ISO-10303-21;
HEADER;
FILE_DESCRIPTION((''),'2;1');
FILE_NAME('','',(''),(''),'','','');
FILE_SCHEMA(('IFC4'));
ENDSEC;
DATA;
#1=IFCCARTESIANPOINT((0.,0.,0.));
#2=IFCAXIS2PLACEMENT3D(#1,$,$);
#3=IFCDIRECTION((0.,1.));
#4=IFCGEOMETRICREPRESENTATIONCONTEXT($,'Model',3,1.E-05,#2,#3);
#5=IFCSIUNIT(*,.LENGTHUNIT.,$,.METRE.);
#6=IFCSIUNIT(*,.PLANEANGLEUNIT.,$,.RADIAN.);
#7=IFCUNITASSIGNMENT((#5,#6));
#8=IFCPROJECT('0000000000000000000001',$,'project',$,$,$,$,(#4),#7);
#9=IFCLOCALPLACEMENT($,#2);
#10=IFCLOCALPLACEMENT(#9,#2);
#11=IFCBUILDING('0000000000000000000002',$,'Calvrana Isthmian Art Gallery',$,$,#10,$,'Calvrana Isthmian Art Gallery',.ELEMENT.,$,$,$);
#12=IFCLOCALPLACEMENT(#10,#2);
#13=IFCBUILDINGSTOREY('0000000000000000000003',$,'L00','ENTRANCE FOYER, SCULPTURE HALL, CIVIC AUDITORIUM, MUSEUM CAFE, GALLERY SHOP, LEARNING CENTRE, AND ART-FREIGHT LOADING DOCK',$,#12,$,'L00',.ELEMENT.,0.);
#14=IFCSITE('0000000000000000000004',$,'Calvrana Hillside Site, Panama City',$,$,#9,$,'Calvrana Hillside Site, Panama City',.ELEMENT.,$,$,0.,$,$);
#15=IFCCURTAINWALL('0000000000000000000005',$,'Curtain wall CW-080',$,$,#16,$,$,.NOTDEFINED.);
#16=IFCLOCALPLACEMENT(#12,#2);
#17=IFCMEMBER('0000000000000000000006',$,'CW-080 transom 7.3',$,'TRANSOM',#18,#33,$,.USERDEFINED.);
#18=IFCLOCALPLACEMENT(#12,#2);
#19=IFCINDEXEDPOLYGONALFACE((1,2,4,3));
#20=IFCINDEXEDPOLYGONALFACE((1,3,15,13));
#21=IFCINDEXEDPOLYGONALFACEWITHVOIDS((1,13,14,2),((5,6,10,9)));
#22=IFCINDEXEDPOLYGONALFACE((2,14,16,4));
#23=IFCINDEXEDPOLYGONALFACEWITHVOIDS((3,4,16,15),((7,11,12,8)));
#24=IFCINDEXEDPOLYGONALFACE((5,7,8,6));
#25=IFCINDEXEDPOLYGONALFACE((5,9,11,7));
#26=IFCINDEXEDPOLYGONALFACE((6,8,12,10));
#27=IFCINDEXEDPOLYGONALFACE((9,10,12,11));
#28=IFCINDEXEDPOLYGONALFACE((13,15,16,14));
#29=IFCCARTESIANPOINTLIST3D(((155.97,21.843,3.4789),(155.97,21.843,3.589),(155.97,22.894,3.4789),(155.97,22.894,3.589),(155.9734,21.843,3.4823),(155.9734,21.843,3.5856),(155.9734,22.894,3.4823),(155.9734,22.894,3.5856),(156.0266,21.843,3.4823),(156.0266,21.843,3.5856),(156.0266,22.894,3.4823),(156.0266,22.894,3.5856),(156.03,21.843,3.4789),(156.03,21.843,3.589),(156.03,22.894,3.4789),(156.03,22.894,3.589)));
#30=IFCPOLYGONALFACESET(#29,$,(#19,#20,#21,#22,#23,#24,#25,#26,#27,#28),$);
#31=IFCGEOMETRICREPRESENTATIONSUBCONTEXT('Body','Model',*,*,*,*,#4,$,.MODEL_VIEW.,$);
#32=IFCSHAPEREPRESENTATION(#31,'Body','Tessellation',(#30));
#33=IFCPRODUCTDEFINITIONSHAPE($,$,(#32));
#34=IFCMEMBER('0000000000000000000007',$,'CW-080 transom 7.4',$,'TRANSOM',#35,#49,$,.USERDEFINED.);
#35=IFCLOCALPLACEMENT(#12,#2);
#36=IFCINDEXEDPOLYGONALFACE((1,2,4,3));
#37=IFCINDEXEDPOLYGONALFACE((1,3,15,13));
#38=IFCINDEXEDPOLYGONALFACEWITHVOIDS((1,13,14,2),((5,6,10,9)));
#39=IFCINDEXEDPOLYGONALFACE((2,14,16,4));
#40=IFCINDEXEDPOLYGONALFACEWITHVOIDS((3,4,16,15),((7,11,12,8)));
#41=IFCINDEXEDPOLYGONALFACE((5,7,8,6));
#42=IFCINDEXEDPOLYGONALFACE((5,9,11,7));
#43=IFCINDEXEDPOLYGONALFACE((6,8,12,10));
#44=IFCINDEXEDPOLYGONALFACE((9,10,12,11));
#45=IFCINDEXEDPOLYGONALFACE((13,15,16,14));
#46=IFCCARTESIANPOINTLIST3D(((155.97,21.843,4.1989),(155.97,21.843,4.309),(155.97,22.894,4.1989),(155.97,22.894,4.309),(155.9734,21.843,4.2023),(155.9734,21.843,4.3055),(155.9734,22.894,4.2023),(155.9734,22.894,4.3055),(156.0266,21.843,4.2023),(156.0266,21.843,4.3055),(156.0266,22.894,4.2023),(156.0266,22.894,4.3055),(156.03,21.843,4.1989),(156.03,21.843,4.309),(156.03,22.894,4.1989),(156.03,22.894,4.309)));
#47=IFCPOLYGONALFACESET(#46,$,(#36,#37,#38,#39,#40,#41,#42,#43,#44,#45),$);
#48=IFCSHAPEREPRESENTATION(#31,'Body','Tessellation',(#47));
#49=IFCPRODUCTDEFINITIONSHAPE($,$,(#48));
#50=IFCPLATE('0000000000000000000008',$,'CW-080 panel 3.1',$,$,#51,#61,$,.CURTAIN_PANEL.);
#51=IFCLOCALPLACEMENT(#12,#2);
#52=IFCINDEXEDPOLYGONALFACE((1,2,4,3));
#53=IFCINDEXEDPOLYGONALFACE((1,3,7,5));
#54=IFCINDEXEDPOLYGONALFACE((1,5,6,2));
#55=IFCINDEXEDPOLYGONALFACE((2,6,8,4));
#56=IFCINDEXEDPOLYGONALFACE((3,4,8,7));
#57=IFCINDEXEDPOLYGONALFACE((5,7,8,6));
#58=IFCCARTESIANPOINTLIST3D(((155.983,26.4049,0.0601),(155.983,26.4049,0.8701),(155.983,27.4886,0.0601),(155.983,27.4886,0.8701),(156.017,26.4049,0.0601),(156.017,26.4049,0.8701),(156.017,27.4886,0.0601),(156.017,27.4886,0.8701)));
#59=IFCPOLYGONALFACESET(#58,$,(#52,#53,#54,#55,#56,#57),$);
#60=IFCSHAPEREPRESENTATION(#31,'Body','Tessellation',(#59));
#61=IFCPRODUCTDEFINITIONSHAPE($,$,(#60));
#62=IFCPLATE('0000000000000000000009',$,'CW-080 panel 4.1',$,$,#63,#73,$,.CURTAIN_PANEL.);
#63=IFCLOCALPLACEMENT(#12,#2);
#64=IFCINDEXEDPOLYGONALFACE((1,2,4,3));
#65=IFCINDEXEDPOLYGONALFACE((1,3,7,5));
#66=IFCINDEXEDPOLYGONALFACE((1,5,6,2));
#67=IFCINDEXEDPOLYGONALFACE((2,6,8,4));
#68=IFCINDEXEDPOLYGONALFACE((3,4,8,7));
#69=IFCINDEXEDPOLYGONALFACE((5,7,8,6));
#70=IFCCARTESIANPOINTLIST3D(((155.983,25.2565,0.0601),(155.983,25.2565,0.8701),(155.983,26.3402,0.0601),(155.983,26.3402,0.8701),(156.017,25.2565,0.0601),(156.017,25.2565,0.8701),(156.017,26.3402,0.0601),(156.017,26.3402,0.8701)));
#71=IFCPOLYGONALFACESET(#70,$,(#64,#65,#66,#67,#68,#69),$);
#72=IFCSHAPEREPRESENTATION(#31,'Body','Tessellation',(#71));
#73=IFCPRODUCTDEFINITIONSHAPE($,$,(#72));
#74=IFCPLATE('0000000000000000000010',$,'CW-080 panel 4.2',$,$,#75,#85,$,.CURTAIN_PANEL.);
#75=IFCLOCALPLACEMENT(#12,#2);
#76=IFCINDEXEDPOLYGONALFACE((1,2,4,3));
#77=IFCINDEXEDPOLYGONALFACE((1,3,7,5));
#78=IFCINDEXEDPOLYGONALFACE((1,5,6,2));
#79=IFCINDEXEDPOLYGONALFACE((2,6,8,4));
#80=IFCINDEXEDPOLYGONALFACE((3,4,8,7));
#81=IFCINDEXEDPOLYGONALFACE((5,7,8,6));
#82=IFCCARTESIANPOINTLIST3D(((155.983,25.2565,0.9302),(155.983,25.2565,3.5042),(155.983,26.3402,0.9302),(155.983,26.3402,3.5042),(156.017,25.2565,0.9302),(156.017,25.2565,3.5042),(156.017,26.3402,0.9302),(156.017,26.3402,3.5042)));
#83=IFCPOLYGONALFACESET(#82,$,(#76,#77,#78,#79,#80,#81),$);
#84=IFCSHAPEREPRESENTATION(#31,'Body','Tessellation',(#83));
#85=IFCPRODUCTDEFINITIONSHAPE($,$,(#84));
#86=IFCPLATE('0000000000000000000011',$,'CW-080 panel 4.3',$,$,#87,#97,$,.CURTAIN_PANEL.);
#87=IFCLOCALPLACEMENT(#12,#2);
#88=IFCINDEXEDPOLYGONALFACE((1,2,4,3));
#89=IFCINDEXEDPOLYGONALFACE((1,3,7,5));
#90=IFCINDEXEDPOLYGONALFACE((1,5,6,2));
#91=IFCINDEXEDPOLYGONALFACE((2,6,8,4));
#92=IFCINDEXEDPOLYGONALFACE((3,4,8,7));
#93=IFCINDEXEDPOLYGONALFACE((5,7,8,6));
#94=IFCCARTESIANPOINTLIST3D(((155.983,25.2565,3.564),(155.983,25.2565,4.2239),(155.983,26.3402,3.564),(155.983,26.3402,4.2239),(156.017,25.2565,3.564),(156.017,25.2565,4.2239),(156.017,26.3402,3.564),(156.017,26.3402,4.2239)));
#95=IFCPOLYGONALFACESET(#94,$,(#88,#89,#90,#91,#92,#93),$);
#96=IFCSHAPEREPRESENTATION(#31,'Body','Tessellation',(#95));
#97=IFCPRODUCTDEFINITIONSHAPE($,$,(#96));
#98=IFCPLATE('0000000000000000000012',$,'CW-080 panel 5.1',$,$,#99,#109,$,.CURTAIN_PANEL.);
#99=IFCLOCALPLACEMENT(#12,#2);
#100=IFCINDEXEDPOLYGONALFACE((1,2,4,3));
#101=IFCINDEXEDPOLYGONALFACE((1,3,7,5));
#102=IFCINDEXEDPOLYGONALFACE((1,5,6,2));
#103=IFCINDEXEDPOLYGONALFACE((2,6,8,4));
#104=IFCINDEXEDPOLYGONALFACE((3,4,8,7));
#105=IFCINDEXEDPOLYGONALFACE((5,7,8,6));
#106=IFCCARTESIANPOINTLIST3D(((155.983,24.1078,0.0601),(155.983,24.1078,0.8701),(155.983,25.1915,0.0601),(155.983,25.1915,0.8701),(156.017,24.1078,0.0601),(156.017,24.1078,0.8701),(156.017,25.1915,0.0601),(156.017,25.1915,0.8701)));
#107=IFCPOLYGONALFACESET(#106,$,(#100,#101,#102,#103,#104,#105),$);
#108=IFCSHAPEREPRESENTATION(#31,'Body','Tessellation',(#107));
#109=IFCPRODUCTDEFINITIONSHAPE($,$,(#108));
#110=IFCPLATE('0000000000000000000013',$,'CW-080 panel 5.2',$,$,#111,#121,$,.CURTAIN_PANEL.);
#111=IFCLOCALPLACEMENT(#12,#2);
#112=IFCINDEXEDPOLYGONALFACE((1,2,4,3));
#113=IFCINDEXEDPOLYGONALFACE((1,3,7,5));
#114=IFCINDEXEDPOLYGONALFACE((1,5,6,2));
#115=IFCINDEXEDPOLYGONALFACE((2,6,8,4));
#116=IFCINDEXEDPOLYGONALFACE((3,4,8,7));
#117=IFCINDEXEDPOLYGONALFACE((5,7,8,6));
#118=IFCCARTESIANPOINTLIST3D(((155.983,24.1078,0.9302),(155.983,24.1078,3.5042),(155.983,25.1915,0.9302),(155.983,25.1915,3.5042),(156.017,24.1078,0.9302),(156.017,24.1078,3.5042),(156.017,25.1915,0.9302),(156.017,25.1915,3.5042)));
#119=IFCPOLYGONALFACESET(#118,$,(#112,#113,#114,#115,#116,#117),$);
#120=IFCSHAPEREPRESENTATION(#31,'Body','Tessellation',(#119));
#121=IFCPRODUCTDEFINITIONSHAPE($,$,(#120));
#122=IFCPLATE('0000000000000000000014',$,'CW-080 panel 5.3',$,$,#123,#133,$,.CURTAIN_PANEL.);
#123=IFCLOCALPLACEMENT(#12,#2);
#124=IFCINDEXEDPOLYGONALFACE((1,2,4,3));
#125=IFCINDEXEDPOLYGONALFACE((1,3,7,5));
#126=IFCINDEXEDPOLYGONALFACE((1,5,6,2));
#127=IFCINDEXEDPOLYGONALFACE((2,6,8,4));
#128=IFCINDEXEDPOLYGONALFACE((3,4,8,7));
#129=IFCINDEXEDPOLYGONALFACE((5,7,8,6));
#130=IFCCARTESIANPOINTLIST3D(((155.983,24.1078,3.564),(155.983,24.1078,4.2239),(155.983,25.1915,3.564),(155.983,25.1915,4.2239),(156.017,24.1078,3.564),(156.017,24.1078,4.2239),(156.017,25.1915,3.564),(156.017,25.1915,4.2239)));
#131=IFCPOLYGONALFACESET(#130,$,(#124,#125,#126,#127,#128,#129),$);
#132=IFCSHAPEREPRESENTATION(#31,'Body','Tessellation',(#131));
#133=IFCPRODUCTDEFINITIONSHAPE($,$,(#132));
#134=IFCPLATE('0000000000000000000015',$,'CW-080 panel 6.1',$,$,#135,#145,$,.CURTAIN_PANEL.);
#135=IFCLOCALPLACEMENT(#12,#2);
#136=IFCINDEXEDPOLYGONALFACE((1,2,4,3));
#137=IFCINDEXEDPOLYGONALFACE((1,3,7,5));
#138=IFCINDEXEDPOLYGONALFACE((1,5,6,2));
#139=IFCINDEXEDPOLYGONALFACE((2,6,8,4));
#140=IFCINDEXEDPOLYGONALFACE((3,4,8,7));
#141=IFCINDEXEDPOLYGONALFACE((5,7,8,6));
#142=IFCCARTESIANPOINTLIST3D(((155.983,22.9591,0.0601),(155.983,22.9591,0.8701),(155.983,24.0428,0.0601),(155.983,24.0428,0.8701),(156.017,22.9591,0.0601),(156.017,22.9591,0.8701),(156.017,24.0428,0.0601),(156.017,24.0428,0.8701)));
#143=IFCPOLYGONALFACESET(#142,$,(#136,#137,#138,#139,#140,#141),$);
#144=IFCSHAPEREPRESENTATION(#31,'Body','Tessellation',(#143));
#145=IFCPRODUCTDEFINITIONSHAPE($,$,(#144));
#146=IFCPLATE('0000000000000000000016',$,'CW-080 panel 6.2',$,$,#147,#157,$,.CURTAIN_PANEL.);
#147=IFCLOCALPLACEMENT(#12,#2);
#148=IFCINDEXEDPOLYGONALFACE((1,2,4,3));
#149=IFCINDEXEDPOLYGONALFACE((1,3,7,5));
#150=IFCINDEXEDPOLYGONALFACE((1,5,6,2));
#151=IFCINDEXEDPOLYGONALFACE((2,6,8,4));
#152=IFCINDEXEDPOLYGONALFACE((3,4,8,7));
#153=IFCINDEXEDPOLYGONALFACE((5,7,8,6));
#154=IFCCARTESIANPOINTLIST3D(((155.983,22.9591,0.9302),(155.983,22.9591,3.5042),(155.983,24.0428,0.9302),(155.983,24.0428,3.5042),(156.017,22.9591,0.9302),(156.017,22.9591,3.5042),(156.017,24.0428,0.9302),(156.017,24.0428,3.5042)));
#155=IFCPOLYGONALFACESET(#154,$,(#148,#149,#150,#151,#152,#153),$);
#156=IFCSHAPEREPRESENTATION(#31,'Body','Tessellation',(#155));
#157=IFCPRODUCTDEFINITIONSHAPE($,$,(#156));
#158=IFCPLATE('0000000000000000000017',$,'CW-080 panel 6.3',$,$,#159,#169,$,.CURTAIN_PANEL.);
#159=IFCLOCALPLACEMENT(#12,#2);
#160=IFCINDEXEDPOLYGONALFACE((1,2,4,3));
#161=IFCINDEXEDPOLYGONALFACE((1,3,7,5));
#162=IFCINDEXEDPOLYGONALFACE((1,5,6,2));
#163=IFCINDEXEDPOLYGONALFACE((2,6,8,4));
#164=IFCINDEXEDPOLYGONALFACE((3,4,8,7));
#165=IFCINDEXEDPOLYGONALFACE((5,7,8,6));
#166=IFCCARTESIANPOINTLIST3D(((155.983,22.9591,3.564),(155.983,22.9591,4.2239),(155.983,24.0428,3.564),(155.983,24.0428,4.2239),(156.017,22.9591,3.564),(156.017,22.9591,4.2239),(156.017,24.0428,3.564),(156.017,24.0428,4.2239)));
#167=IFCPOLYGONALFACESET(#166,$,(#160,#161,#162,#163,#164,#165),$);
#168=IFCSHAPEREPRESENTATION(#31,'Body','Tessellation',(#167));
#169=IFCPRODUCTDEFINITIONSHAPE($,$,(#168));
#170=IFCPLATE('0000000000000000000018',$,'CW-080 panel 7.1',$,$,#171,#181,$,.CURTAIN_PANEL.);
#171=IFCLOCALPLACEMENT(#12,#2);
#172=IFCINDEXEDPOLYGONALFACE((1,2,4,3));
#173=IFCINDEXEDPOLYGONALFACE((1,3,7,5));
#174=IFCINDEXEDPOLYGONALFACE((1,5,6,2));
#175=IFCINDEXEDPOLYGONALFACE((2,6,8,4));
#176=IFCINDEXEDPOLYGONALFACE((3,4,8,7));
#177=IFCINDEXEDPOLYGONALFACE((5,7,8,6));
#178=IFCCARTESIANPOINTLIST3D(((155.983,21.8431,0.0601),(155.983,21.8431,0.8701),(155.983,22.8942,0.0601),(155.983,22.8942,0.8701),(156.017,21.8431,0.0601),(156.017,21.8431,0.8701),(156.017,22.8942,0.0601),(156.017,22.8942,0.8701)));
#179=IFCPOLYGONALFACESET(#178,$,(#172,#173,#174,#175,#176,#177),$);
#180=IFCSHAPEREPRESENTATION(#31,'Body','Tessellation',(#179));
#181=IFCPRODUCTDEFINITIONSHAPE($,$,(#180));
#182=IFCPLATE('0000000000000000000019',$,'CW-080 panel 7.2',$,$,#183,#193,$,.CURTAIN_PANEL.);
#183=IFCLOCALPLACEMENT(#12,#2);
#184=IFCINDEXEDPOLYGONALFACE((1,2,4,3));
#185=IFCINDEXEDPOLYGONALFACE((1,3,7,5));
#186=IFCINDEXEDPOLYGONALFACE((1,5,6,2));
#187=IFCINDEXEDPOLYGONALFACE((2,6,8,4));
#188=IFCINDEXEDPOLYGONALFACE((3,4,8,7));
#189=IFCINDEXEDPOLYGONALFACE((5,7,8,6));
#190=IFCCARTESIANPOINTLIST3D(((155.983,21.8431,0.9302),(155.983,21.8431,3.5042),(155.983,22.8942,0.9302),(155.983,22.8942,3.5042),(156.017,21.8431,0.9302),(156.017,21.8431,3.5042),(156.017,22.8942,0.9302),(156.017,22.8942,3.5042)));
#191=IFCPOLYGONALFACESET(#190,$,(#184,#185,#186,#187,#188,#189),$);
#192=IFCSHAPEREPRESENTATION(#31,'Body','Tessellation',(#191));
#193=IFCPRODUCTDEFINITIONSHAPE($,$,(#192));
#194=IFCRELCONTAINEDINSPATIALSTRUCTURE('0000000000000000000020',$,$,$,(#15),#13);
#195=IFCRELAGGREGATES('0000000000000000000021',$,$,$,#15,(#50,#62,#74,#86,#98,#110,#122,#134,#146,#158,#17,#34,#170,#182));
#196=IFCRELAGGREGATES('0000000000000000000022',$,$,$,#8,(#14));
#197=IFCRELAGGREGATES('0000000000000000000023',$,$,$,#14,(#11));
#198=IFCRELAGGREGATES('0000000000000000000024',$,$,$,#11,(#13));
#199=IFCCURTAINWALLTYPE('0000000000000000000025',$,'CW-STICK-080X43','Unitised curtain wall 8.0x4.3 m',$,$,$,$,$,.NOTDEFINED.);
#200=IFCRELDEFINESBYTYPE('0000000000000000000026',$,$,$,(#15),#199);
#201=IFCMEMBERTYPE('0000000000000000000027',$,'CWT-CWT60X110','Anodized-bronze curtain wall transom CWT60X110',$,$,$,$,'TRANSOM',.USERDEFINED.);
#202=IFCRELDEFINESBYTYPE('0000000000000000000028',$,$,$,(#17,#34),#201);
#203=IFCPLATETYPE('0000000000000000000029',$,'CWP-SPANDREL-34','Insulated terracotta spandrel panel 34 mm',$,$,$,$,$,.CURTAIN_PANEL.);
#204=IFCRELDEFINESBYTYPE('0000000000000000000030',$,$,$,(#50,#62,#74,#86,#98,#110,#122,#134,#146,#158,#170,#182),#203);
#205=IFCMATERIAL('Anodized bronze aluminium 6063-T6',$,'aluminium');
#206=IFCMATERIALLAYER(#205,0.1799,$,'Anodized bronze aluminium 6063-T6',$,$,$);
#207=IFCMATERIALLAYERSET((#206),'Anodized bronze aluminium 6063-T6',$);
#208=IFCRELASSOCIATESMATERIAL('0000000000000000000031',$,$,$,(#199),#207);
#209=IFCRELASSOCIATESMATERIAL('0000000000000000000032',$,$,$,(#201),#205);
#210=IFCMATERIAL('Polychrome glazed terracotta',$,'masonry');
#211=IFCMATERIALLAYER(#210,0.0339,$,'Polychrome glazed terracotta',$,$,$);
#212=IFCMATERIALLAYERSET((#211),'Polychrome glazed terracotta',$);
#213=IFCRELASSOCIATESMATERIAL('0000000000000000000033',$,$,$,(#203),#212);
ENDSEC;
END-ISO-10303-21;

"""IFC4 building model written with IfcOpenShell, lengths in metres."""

from ifc_helpers import new_model, si_unit, direction, frame, origin, origin_2d, place, context, subcontext, project, spatial, rectangle, hollow_rectangle, extrude, material, layer, layer_set, material_profile, profile_set, type_object, element, aggregate, save


model = new_model("IFC4")

# Units and contexts
model_context = context("Model", 3, precision=1e-05, world=origin(), true_north=direction((0.0, 1.0)))
body_context = subcontext(model_context, "Body", "Model", "MODEL_VIEW")
ifc_project = project(units=[si_unit("LENGTHUNIT", "METRE"), si_unit("PLANEANGLEUNIT", "RADIAN")], contexts=[model_context])

# Site, building, storey
site_placement = place(None, origin())
site = spatial("IfcSite", under=ifc_project, at=site_placement, Name="Calvrana Hillside Site, Panama City", LongName="Calvrana Hillside Site, Panama City", CompositionType="ELEMENT", RefElevation=0.0)
building_placement = place(site_placement, origin())
building = spatial("IfcBuilding", under=site, at=building_placement, Name="Calvrana Isthmian Art Gallery", LongName="Calvrana Isthmian Art Gallery", CompositionType="ELEMENT")
storey_placement = place(building_placement, origin())
storey = spatial("IfcBuildingStorey", under=building, at=storey_placement, Name="L00", Description="ENTRANCE FOYER, SCULPTURE HALL, CIVIC AUDITORIUM, MUSEUM CAFE, GALLERY SHOP, LEARNING CENTRE, AND ART-FREIGHT LOADING DOCK", LongName="L00", CompositionType="ELEMENT", Elevation=0.0)

# Curtain wall, members, plates
ifc_material_1 = material(Name="Anodized bronze aluminium 6063-T6", Category="aluminium")
ifc_layer_1 = layer(ifc_material_1, 0.1799, Name="Anodized bronze aluminium 6063-T6")
ifc_layer_set_1 = layer_set([ifc_layer_1], Name="Anodized bronze aluminium 6063-T6")
curtain_wall_type = type_object("IfcCurtainWallType", Name="CW-STICK-080X43", Description="Unitised curtain wall 8.0x4.3 m", PredefinedType="NOTDEFINED", material=ifc_layer_set_1)
curtain_wall_placement = place(storey_placement, origin())
curtain_wall = element("IfcCurtainWall", 1, at=curtain_wall_placement, inside=storey, type_object=curtain_wall_type, Name="Curtain wall CW-080", PredefinedType="NOTDEFINED")
ifc_material_profile_1 = material_profile(ifc_material_1, hollow_rectangle(XDim=0.0601, YDim=0.1101, WallThickness=0.0034, at=origin_2d()), Name="CWT60X110")
ifc_profile_set_1 = profile_set([ifc_material_profile_1], Name="Anodized bronze aluminium 6063-T6")
member_type_1 = type_object("IfcMemberType", Name="CWT-CWT60X110", Description="Anodized-bronze curtain wall transom CWT60X110", ElementType="TRANSOM", PredefinedType="USERDEFINED", material=ifc_profile_set_1)
member_1_placement = place(storey_placement, frame((156.0, 22.894, 3.5339), z_axis=(0.0, -1.0, 0.0), x_axis=(1.0, 0.0, 0.0)))
member_1 = element("IfcMember", 2, at=member_1_placement, type_object=member_type_1, Name="CW-080 transom 7.3", ObjectType="TRANSOM", PredefinedType="USERDEFINED", context=body_context, shape_type="SweptSolid", body=[
    extrude(hollow_rectangle(XDim=0.0601, YDim=0.1101, WallThickness=0.0034, at=origin_2d()), origin(), (0.0, 0.0, 1.0), 1.051),
])
member_2_placement = place(storey_placement, frame((156.0, 22.894, 4.2539), z_axis=(0.0, -1.0, 0.0), x_axis=(1.0, 0.0, 0.0)))
member_2 = element("IfcMember", 3, at=member_2_placement, type_object=member_type_1, Name="CW-080 transom 7.4", ObjectType="TRANSOM", PredefinedType="USERDEFINED", context=body_context, shape_type="SweptSolid", body=[
    extrude(hollow_rectangle(XDim=0.0601, YDim=0.1101, WallThickness=0.0034, at=origin_2d()), origin(), (0.0, 0.0, 1.0), 1.051),
])
ifc_material_2 = material(Name="Polychrome glazed terracotta", Category="masonry")
ifc_layer_2 = layer(ifc_material_2, 0.0339, Name="Polychrome glazed terracotta")
ifc_layer_set_2 = layer_set([ifc_layer_2], Name="Polychrome glazed terracotta")
plate_type = type_object("IfcPlateType", Name="CWP-SPANDREL-34", Description="Insulated terracotta spandrel panel 34 mm", PredefinedType="CURTAIN_PANEL", material=ifc_layer_set_2)
plate_1_placement = place(storey_placement, frame((156.0, 26.9468, 0.0601), z_axis=(0.0, 0.0, 1.0), x_axis=(0.0, -1.0, 0.0)))
plate_1 = element("IfcPlate", 4, at=plate_1_placement, type_object=plate_type, Name="CW-080 panel 3.1", PredefinedType="CURTAIN_PANEL", context=body_context, shape_type="SweptSolid", body=[
    extrude(rectangle(XDim=1.0837, YDim=0.0339, at=origin_2d()), origin(), (0.0, 0.0, 1.0), 0.8101),
])
plate_2_placement = place(storey_placement, frame((156.0, 25.7983, 0.0601), z_axis=(0.0, 0.0, 1.0), x_axis=(0.0, -1.0, 0.0)))
plate_2 = element("IfcPlate", 5, at=plate_2_placement, type_object=plate_type, Name="CW-080 panel 4.1", PredefinedType="CURTAIN_PANEL", context=body_context, shape_type="SweptSolid", body=[
    extrude(rectangle(XDim=1.0837, YDim=0.0339, at=origin_2d()), origin(), (0.0, 0.0, 1.0), 0.8101),
])
plate_3_placement = place(storey_placement, frame((156.0, 25.7983, 0.9302), z_axis=(0.0, 0.0, 1.0), x_axis=(0.0, -1.0, 0.0)))
plate_3 = element("IfcPlate", 6, at=plate_3_placement, type_object=plate_type, Name="CW-080 panel 4.2", PredefinedType="CURTAIN_PANEL", context=body_context, shape_type="SweptSolid", body=[
    extrude(rectangle(XDim=1.0837, YDim=0.0339, at=origin_2d()), origin(), (0.0, 0.0, 1.0), 2.574),
])
plate_4_placement = place(storey_placement, frame((156.0, 25.7983, 3.564), z_axis=(0.0, 0.0, 1.0), x_axis=(0.0, -1.0, 0.0)))
plate_4 = element("IfcPlate", 7, at=plate_4_placement, type_object=plate_type, Name="CW-080 panel 4.3", PredefinedType="CURTAIN_PANEL", context=body_context, shape_type="SweptSolid", body=[
    extrude(rectangle(XDim=1.0837, YDim=0.0339, at=origin_2d()), origin(), (0.0, 0.0, 1.0), 0.6599),
])
plate_5_placement = place(storey_placement, frame((156.0, 24.6497, 0.0601), z_axis=(0.0, 0.0, 1.0), x_axis=(0.0, -1.0, 0.0)))
plate_5 = element("IfcPlate", 8, at=plate_5_placement, type_object=plate_type, Name="CW-080 panel 5.1", PredefinedType="CURTAIN_PANEL", context=body_context, shape_type="SweptSolid", body=[
    extrude(rectangle(XDim=1.0837, YDim=0.0339, at=origin_2d()), origin(), (0.0, 0.0, 1.0), 0.8101),
])
plate_6_placement = place(storey_placement, frame((156.0, 24.6497, 0.9302), z_axis=(0.0, 0.0, 1.0), x_axis=(0.0, -1.0, 0.0)))
plate_6 = element("IfcPlate", 9, at=plate_6_placement, type_object=plate_type, Name="CW-080 panel 5.2", PredefinedType="CURTAIN_PANEL", context=body_context, shape_type="SweptSolid", body=[
    extrude(rectangle(XDim=1.0837, YDim=0.0339, at=origin_2d()), origin(), (0.0, 0.0, 1.0), 2.574),
])
plate_7_placement = place(storey_placement, frame((156.0, 24.6497, 3.564), z_axis=(0.0, 0.0, 1.0), x_axis=(0.0, -1.0, 0.0)))
plate_7 = element("IfcPlate", 10, at=plate_7_placement, type_object=plate_type, Name="CW-080 panel 5.3", PredefinedType="CURTAIN_PANEL", context=body_context, shape_type="SweptSolid", body=[
    extrude(rectangle(XDim=1.0837, YDim=0.0339, at=origin_2d()), origin(), (0.0, 0.0, 1.0), 0.6599),
])
plate_8_placement = place(storey_placement, frame((156.0, 23.501, 0.0601), z_axis=(0.0, 0.0, 1.0), x_axis=(0.0, -1.0, 0.0)))
plate_8 = element("IfcPlate", 11, at=plate_8_placement, type_object=plate_type, Name="CW-080 panel 6.1", PredefinedType="CURTAIN_PANEL", context=body_context, shape_type="SweptSolid", body=[
    extrude(rectangle(XDim=1.0837, YDim=0.0339, at=origin_2d()), origin(), (0.0, 0.0, 1.0), 0.8101),
])
plate_9_placement = place(storey_placement, frame((156.0, 23.501, 0.9302), z_axis=(0.0, 0.0, 1.0), x_axis=(0.0, -1.0, 0.0)))
plate_9 = element("IfcPlate", 12, at=plate_9_placement, type_object=plate_type, Name="CW-080 panel 6.2", PredefinedType="CURTAIN_PANEL", context=body_context, shape_type="SweptSolid", body=[
    extrude(rectangle(XDim=1.0837, YDim=0.0339, at=origin_2d()), origin(), (0.0, 0.0, 1.0), 2.574),
])
plate_10_placement = place(storey_placement, frame((156.0, 23.501, 3.564), z_axis=(0.0, 0.0, 1.0), x_axis=(0.0, -1.0, 0.0)))
plate_10 = element("IfcPlate", 13, at=plate_10_placement, type_object=plate_type, Name="CW-080 panel 6.3", PredefinedType="CURTAIN_PANEL", context=body_context, shape_type="SweptSolid", body=[
    extrude(rectangle(XDim=1.0837, YDim=0.0339, at=origin_2d()), origin(), (0.0, 0.0, 1.0), 0.6599),
])
plate_11_placement = place(storey_placement, frame((156.0, 22.3687, 0.0601), z_axis=(0.0, 0.0, 1.0), x_axis=(0.0, -1.0, 0.0)))
plate_11 = element("IfcPlate", 14, at=plate_11_placement, type_object=plate_type, Name="CW-080 panel 7.1", PredefinedType="CURTAIN_PANEL", context=body_context, shape_type="SweptSolid", body=[
    extrude(rectangle(XDim=1.051, YDim=0.0339, at=origin_2d()), origin(), (0.0, 0.0, 1.0), 0.8101),
])
plate_12_placement = place(storey_placement, frame((156.0, 22.3687, 0.9302), z_axis=(0.0, 0.0, 1.0), x_axis=(0.0, -1.0, 0.0)))
plate_12 = element("IfcPlate", 15, at=plate_12_placement, type_object=plate_type, Name="CW-080 panel 7.2", PredefinedType="CURTAIN_PANEL", context=body_context, shape_type="SweptSolid", body=[
    extrude(rectangle(XDim=1.051, YDim=0.0339, at=origin_2d()), origin(), (0.0, 0.0, 1.0), 2.574),
])
aggregate(curtain_wall, [plate_1, plate_2, plate_3, plate_4, plate_5, plate_6, plate_7, plate_8, plate_9, plate_10, member_1, member_2, plate_11, plate_12])

save(model, "model.ifc")
